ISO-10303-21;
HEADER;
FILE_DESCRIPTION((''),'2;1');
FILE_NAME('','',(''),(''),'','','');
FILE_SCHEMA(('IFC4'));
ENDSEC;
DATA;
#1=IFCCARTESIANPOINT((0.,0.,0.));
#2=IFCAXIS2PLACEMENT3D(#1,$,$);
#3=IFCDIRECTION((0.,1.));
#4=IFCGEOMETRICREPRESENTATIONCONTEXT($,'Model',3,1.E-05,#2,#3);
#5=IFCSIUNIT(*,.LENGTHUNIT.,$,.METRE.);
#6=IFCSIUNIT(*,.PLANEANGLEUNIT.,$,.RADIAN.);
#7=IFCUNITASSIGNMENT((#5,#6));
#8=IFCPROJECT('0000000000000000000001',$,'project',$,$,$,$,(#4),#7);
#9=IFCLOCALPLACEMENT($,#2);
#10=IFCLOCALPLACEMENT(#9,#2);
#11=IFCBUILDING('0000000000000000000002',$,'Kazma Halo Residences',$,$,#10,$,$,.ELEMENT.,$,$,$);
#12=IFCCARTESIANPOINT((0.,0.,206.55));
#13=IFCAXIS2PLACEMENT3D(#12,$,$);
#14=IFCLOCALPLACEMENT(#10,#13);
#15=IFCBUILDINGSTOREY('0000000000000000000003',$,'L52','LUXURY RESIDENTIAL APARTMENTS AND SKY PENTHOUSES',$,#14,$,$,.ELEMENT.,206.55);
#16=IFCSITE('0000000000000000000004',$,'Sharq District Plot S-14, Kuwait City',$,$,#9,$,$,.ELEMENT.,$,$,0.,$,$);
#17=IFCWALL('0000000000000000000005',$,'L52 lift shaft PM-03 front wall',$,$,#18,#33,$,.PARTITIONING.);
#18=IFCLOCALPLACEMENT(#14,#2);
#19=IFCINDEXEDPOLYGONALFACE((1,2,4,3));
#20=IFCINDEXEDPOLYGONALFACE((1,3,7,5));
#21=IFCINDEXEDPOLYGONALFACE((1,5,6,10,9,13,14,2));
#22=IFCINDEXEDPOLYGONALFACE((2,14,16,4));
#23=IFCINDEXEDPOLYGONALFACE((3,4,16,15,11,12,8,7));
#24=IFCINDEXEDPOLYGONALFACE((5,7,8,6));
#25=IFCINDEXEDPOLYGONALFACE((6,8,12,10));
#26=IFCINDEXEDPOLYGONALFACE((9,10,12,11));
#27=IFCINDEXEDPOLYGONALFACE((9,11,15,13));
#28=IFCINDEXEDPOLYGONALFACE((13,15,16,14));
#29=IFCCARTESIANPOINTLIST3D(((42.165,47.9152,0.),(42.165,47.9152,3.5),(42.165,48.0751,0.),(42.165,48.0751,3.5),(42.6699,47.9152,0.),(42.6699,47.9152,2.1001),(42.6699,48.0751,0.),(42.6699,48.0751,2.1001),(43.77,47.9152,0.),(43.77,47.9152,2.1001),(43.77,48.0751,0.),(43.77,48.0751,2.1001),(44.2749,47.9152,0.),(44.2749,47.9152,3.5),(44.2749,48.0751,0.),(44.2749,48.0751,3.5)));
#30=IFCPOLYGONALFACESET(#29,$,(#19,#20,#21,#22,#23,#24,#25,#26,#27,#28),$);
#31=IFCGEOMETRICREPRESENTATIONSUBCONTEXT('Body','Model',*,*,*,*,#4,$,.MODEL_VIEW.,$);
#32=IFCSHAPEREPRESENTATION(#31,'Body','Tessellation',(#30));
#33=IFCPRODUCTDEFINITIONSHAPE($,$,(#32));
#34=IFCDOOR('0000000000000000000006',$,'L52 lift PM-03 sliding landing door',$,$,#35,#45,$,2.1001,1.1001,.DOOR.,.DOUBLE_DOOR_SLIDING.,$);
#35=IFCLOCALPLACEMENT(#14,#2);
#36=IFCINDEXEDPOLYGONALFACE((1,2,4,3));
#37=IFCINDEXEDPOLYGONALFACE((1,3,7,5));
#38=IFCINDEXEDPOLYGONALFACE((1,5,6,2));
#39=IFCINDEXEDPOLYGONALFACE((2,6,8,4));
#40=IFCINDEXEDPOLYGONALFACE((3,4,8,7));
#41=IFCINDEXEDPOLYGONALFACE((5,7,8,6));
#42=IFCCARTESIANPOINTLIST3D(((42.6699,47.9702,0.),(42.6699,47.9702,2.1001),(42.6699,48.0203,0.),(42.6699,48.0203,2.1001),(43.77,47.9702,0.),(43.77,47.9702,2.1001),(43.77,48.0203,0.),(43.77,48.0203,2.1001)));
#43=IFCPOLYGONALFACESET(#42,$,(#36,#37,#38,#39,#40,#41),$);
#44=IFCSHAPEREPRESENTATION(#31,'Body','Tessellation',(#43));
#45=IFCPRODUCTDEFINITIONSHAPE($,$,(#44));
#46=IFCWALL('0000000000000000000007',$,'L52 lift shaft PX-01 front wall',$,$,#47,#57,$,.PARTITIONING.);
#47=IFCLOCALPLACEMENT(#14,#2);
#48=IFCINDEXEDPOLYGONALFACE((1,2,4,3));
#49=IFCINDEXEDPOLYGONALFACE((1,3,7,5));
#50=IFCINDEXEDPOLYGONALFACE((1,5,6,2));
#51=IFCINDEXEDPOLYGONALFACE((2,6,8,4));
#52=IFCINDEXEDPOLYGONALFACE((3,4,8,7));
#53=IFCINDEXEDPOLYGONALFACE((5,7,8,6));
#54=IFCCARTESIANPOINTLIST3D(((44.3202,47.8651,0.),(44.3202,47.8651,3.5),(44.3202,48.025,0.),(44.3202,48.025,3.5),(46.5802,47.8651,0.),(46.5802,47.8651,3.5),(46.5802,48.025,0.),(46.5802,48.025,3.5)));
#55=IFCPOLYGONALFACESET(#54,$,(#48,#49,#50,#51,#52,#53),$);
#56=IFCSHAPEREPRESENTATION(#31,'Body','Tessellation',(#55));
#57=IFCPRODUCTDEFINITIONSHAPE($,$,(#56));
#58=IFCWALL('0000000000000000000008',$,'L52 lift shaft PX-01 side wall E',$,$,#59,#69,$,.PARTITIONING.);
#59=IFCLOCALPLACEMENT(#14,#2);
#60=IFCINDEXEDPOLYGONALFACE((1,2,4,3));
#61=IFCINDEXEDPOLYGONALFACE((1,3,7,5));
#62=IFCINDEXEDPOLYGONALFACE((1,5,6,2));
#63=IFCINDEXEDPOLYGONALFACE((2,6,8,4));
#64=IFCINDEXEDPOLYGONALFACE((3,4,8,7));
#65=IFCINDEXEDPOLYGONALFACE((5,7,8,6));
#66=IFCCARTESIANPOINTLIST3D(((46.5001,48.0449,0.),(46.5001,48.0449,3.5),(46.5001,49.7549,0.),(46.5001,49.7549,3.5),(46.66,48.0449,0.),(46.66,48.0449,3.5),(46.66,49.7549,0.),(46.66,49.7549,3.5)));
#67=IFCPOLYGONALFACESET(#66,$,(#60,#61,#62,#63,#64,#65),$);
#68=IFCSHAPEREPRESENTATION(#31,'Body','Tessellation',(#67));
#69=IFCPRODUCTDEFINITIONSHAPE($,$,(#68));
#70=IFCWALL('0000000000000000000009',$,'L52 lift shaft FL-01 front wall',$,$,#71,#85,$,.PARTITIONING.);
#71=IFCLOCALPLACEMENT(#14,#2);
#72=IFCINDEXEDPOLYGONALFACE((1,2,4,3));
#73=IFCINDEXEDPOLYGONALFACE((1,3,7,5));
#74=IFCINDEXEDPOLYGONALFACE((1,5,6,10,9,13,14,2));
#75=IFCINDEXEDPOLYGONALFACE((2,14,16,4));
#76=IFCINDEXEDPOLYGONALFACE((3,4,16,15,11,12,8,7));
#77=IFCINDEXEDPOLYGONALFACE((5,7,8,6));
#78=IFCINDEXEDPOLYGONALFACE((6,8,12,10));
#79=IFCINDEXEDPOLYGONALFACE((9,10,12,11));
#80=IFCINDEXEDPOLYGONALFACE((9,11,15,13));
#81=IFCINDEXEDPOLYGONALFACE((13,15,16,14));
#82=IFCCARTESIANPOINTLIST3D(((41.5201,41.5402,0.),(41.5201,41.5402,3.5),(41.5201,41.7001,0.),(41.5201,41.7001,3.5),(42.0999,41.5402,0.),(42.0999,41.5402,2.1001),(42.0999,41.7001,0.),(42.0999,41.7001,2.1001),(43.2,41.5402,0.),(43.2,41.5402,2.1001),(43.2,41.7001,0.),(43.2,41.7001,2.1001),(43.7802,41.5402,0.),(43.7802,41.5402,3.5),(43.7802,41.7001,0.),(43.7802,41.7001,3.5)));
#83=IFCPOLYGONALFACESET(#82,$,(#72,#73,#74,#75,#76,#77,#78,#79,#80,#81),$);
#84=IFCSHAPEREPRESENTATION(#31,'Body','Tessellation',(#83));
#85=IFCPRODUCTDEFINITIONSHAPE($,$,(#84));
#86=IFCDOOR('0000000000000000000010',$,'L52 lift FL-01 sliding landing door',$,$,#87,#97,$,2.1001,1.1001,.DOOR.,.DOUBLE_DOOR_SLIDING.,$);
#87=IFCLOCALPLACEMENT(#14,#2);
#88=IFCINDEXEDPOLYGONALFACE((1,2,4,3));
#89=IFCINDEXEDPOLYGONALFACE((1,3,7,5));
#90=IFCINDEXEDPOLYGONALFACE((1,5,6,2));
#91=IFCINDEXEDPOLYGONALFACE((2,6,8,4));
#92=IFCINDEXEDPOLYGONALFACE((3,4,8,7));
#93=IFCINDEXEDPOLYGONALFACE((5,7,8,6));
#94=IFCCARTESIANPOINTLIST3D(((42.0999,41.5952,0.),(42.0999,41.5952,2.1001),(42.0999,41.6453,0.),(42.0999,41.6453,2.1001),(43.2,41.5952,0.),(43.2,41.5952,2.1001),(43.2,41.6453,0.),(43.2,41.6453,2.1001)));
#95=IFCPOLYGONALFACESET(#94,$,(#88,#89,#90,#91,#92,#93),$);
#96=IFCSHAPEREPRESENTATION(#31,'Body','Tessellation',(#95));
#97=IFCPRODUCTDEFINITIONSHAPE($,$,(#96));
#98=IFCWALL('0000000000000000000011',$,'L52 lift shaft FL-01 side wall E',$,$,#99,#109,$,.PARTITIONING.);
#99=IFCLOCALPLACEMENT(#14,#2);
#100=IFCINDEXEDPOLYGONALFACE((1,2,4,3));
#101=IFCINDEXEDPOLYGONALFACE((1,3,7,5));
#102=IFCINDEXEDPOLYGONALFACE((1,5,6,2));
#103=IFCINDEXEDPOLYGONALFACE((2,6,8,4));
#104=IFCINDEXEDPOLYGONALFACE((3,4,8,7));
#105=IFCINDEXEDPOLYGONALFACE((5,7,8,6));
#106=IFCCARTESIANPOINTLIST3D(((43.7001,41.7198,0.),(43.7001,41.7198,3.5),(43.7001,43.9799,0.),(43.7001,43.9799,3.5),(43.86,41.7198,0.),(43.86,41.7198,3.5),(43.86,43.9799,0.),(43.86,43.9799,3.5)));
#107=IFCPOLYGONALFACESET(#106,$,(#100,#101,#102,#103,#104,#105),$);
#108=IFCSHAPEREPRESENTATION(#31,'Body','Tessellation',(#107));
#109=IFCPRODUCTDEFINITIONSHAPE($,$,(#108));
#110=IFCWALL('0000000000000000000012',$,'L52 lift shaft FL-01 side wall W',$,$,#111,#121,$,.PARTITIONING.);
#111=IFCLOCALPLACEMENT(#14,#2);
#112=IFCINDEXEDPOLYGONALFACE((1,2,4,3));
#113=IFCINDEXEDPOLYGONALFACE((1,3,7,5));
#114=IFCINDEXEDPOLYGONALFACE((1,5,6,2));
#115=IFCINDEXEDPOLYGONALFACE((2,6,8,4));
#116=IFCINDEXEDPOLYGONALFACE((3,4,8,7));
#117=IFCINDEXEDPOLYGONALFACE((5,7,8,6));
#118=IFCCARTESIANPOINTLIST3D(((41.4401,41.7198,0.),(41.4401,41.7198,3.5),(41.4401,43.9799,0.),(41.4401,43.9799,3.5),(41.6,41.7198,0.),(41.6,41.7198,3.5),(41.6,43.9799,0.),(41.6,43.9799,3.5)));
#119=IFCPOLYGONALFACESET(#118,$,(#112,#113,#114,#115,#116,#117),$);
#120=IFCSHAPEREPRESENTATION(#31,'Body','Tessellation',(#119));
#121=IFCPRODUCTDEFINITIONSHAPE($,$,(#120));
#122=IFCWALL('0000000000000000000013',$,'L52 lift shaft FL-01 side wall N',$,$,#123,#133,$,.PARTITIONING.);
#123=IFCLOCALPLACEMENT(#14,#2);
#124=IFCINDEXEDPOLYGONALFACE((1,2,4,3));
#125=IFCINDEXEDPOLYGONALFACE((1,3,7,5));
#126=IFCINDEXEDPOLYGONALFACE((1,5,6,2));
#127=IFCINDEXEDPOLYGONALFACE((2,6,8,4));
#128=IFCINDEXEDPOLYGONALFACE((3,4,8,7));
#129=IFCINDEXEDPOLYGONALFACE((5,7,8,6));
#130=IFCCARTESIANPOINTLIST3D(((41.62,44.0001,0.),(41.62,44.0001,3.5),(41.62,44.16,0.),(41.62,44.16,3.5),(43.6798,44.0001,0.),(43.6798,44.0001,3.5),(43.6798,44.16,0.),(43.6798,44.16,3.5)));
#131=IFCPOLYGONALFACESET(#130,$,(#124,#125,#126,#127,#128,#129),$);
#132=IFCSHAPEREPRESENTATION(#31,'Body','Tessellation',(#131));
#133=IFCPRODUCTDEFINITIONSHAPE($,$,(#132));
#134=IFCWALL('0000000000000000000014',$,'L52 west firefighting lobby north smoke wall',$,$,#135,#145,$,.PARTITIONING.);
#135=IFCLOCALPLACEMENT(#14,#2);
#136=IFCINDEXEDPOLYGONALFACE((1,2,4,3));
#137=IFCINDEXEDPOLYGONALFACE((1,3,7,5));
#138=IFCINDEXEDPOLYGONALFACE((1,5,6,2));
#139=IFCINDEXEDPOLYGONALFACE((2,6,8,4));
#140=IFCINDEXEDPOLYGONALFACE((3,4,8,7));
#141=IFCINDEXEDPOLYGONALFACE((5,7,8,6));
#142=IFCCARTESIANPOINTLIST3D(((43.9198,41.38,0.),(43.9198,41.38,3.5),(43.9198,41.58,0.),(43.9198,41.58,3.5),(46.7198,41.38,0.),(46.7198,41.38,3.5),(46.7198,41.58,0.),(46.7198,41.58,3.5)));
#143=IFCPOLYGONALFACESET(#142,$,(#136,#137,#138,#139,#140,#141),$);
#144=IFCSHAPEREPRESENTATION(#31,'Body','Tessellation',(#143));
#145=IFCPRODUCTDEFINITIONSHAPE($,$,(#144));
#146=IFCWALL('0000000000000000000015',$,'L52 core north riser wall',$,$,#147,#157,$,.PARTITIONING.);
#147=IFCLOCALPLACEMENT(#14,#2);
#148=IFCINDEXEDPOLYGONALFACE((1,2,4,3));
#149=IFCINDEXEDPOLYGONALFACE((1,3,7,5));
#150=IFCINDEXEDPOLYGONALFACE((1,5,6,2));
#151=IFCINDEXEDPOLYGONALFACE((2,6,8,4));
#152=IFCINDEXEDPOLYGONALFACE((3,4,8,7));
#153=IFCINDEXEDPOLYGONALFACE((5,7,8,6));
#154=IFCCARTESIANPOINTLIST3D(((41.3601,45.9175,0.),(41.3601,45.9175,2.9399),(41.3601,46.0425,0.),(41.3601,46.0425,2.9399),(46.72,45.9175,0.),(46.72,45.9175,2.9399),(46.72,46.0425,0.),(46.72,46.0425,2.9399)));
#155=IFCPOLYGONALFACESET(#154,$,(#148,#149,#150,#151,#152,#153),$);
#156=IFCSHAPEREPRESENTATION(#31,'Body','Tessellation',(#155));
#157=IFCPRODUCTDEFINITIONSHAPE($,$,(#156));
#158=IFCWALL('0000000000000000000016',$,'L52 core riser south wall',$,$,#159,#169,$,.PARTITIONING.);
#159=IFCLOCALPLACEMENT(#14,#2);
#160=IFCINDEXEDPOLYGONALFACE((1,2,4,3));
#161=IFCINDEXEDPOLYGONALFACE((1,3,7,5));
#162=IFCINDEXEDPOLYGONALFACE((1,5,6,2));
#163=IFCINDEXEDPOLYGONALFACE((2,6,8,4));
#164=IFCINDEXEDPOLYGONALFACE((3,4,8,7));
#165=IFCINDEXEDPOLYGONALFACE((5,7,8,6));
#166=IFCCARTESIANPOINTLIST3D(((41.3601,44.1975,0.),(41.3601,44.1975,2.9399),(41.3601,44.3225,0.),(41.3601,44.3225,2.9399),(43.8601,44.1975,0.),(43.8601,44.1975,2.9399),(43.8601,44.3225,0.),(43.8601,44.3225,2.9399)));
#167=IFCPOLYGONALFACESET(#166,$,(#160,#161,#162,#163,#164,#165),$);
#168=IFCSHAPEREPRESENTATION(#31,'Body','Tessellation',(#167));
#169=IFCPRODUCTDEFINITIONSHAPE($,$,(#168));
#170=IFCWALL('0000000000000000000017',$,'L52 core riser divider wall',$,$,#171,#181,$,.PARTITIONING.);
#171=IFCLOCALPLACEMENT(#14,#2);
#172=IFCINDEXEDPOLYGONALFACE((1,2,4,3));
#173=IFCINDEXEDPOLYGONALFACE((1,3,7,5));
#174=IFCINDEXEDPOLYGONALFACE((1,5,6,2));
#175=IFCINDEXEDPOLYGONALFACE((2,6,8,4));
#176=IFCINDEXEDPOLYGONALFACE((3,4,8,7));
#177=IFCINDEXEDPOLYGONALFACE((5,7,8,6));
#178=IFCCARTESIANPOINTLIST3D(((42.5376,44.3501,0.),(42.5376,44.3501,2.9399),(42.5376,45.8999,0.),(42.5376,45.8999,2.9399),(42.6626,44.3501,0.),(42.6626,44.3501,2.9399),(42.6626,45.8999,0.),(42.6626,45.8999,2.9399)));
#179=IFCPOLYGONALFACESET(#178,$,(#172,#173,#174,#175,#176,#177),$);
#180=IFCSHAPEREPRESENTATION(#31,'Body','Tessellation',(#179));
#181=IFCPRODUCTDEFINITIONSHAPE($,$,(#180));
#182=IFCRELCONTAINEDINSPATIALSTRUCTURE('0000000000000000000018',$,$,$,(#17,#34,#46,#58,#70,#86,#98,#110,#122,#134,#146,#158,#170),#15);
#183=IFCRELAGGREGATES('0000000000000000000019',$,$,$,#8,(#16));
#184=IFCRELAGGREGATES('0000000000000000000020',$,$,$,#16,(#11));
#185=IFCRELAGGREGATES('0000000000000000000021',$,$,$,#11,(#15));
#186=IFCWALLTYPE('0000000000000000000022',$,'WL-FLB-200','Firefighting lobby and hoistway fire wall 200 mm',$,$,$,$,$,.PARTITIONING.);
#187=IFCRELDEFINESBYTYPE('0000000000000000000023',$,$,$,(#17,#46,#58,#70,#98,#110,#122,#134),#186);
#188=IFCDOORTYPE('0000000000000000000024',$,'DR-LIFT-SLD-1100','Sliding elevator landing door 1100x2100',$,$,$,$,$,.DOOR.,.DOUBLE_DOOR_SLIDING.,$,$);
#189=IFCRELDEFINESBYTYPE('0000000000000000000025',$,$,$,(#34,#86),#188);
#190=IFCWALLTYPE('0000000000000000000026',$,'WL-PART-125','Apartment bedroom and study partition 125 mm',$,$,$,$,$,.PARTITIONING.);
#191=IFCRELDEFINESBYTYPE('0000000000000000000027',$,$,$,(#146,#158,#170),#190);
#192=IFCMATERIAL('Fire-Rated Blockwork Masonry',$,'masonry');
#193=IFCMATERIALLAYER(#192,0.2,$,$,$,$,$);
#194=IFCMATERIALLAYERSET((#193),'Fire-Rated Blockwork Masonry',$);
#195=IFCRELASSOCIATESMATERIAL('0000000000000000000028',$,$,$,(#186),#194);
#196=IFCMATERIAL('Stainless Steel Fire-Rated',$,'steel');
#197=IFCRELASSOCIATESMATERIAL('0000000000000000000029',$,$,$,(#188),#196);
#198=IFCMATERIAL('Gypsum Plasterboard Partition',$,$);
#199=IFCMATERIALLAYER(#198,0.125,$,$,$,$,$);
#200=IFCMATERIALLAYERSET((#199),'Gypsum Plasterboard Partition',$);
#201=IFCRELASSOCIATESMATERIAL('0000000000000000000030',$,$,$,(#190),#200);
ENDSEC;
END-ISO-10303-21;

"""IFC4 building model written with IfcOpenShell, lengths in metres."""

from ifc_helpers import new_model, si_unit, direction, frame, frame_2d, origin, place, context, subcontext, project, spatial, rectangle, extrude, material, layer, layer_set, type_object, element, fill, save


model = new_model("IFC4")

# Units and contexts
model_context = context("Model", 3, precision=1e-05, world=origin(), true_north=direction((0.0, 1.0)))
body_context = subcontext(model_context, "Body", "Model", "MODEL_VIEW")
ifc_project = project(units=[si_unit("LENGTHUNIT", "METRE"), si_unit("PLANEANGLEUNIT", "RADIAN")], contexts=[model_context])

# Site, building, storey
site_placement = place(None, origin())
site = spatial("IfcSite", under=ifc_project, at=site_placement, Name="Sharq District Plot S-14, Kuwait City", CompositionType="ELEMENT", RefElevation=0.0)
building_placement = place(site_placement, origin())
building = spatial("IfcBuilding", under=site, at=building_placement, Name="Kazma Halo Residences", CompositionType="ELEMENT")
storey_placement = place(building_placement, frame((0.0, 0.0, 206.55)))
storey = spatial("IfcBuildingStorey", under=building, at=storey_placement, Name="L52", Description="LUXURY RESIDENTIAL APARTMENTS AND SKY PENTHOUSES", CompositionType="ELEMENT", Elevation=206.55)

# Shared definitions
ifc_material_1 = material(Name="Fire-Rated Blockwork Masonry", Category="masonry")
ifc_layer_1 = layer(ifc_material_1, 0.2)
ifc_layer_set_1 = layer_set([ifc_layer_1], Name="Fire-Rated Blockwork Masonry")
wall_type_1 = type_object("IfcWallType", Name="WL-FLB-200", Description="Firefighting lobby and hoistway fire wall 200 mm", PredefinedType="PARTITIONING", material=ifc_layer_set_1)
ifc_material_2 = material(Name="Stainless Steel Fire-Rated", Category="steel")
door_type = type_object("IfcDoorType", Name="DR-LIFT-SLD-1100", Description="Sliding elevator landing door 1100x2100", OperationType="DOUBLE_DOOR_SLIDING", PredefinedType="DOOR", material=ifc_material_2)

# Wall, opening, door
wall_1_placement = place(storey_placement, frame((44.2749, 47.9951, 0.0), z_axis=(0.0, 0.0, 1.0), x_axis=(-1.0, 0.0, 0.0)))
wall_1 = element("IfcWall", 1, at=wall_1_placement, inside=storey, type_object=wall_type_1, Name="L52 lift shaft PM-03 front wall", PredefinedType="PARTITIONING", context=body_context, shape_type="SweptSolid", body=[
    extrude(rectangle(XDim=2.1099, YDim=0.1599, at=frame_2d((1.0549, 0.0))), origin(), (0.0, 0.0, 1.0), 3.5),
])
opening_1_placement = place(wall_1_placement, frame((0.5049, 0.0, 0.0)))
opening_1 = element("IfcOpeningElement", 2, at=opening_1_placement, cuts=wall_1, PredefinedType="OPENING", context=body_context, shape_type="SweptSolid", body=[
    extrude(rectangle(XDim=1.1001, YDim=2.1001, at=frame_2d((0.55, 1.05))), frame((0.0, 0.0898, 0.0), z_axis=(0.0, -1.0, 0.0), x_axis=(1.0, 0.0, 0.0)), (0.0, 0.0, 1.0), 0.1799),
])
door_1_placement = place(opening_1_placement, origin())
door_1 = element("IfcDoor", 3, at=door_1_placement, inside=storey, type_object=door_type, Name="L52 lift PM-03 sliding landing door", OperationType="DOUBLE_DOOR_SLIDING", OverallHeight=2.1001, OverallWidth=1.1001, PredefinedType="DOOR", context=body_context, shape_type="SweptSolid", body=[
    extrude(rectangle(XDim=1.1001, YDim=2.1001, at=frame_2d((0.55, 1.05))), frame((0.0, 0.0249, 0.0), z_axis=(0.0, -1.0, 0.0), x_axis=(1.0, 0.0, 0.0)), (0.0, 0.0, 1.0), 0.05),
])
fill(opening_1, door_1)

# Walls
wall_2_placement = place(storey_placement, frame((46.5801, 47.9451, 0.0), z_axis=(0.0, 0.0, 1.0), x_axis=(-1.0, 0.0, 0.0)))
element("IfcWall", 4, at=wall_2_placement, inside=storey, type_object=wall_type_1, Name="L52 lift shaft PX-01 front wall", PredefinedType="PARTITIONING", context=body_context, shape_type="SweptSolid", body=[
    extrude(rectangle(XDim=2.26, YDim=0.1599, at=frame_2d((1.1299, 0.0))), origin(), (0.0, 0.0, 1.0), 3.5),
])
wall_3_placement = place(storey_placement, frame((46.5801, 48.0449, 0.0), z_axis=(0.0, 0.0, 1.0), x_axis=(0.0, 1.0, 0.0)))
element("IfcWall", 5, at=wall_3_placement, inside=storey, type_object=wall_type_1, Name="L52 lift shaft PX-01 side wall E", PredefinedType="PARTITIONING", context=body_context, shape_type="SweptSolid", body=[
    extrude(rectangle(XDim=1.71, YDim=0.1599, at=frame_2d((0.855, 0.0))), origin(), (0.0, 0.0, 1.0), 3.5),
])

# Wall, opening, door
wall_4_placement = place(storey_placement, frame((43.78, 41.6201, 0.0), z_axis=(0.0, 0.0, 1.0), x_axis=(-1.0, 0.0, 0.0)))
wall_4 = element("IfcWall", 6, at=wall_4_placement, inside=storey, type_object=wall_type_1, Name="L52 lift shaft FL-01 front wall", PredefinedType="PARTITIONING", context=body_context, shape_type="SweptSolid", body=[
    extrude(rectangle(XDim=2.26, YDim=0.1599, at=frame_2d((1.1299, 0.0))), origin(), (0.0, 0.0, 1.0), 3.5),
])
opening_2_placement = place(wall_4_placement, frame((0.5801, 0.0, 0.0)))
opening_2 = element("IfcOpeningElement", 7, at=opening_2_placement, cuts=wall_4, PredefinedType="OPENING", context=body_context, shape_type="SweptSolid", body=[
    extrude(rectangle(XDim=1.1001, YDim=2.1001, at=frame_2d((0.55, 1.05))), frame((0.0, 0.0898, 0.0), z_axis=(0.0, -1.0, 0.0), x_axis=(1.0, 0.0, 0.0)), (0.0, 0.0, 1.0), 0.1799),
])
door_2_placement = place(opening_2_placement, origin())
door_2 = element("IfcDoor", 8, at=door_2_placement, inside=storey, type_object=door_type, Name="L52 lift FL-01 sliding landing door", OperationType="DOUBLE_DOOR_SLIDING", OverallHeight=2.1001, OverallWidth=1.1001, PredefinedType="DOOR", context=body_context, shape_type="SweptSolid", body=[
    extrude(rectangle(XDim=1.1001, YDim=2.1001, at=frame_2d((0.55, 1.05))), frame((0.0, 0.0249, 0.0), z_axis=(0.0, -1.0, 0.0), x_axis=(1.0, 0.0, 0.0)), (0.0, 0.0, 1.0), 0.05),
])
fill(opening_2, door_2)

# Walls
for number, where, z_axis, x_axis, name in (
    (9, (43.78, 41.72, 0.0), (0.0, 0.0, 1.0), (0.0, 1.0, 0.0), "L52 lift shaft FL-01 side wall E"),
    (10, (41.52, 41.72, 0.0), (0.0, 0.0, 1.0), (0.0, 1.0, 0.0), "L52 lift shaft FL-01 side wall W"),
):
    element("IfcWall", number, at=place(storey_placement, frame(where, z_axis=z_axis, x_axis=x_axis)), inside=storey, type_object=wall_type_1, Name=name, PredefinedType="PARTITIONING", context=body_context, shape_type="SweptSolid", body=[
        extrude(rectangle(XDim=2.26, YDim=0.1599, at=frame_2d((1.1299, 0.0))), origin(), (0.0, 0.0, 1.0), 3.5),
    ])
wall_5_placement = place(storey_placement, frame((41.6201, 44.0801, 0.0), z_axis=(0.0, 0.0, 1.0), x_axis=(1.0, 0.0, 0.0)))
element("IfcWall", 11, at=wall_5_placement, inside=storey, type_object=wall_type_1, Name="L52 lift shaft FL-01 side wall N", PredefinedType="PARTITIONING", context=body_context, shape_type="SweptSolid", body=[
    extrude(rectangle(XDim=2.0598, YDim=0.1599, at=frame_2d((1.0298, 0.0))), origin(), (0.0, 0.0, 1.0), 3.5),
])
wall_6_placement = place(storey_placement, frame((43.9199, 41.48, 0.0), z_axis=(0.0, 0.0, 1.0), x_axis=(1.0, 0.0, 0.0)))
element("IfcWall", 12, at=wall_6_placement, inside=storey, type_object=wall_type_1, Name="L52 west firefighting lobby north smoke wall", PredefinedType="PARTITIONING", context=body_context, shape_type="SweptSolid", body=[
    extrude(rectangle(XDim=2.8, YDim=0.2, at=frame_2d((1.3999, 0.0))), origin(), (0.0, 0.0, 1.0), 3.5),
])
ifc_material_3 = material(Name="Gypsum Plasterboard Partition")
ifc_layer_2 = layer(ifc_material_3, 0.125)
ifc_layer_set_2 = layer_set([ifc_layer_2], Name="Gypsum Plasterboard Partition")
wall_type_2 = type_object("IfcWallType", Name="WL-PART-125", Description="Apartment bedroom and study partition 125 mm", PredefinedType="PARTITIONING", material=ifc_layer_set_2)
wall_7_placement = place(storey_placement, frame((41.3601, 45.98, 0.0), z_axis=(0.0, 0.0, 1.0), x_axis=(1.0, 0.0, 0.0)))
element("IfcWall", 13, at=wall_7_placement, inside=storey, type_object=wall_type_2, Name="L52 core north riser wall", PredefinedType="PARTITIONING", context=body_context, shape_type="SweptSolid", body=[
    extrude(rectangle(XDim=5.3599, YDim=0.125, at=frame_2d((2.6799, 0.0))), origin(), (0.0, 0.0, 1.0), 2.9399),
])
wall_8_placement = place(storey_placement, frame((41.3601, 44.26, 0.0), z_axis=(0.0, 0.0, 1.0), x_axis=(1.0, 0.0, 0.0)))
element("IfcWall", 14, at=wall_8_placement, inside=storey, type_object=wall_type_2, Name="L52 core riser south wall", PredefinedType="PARTITIONING", context=body_context, shape_type="SweptSolid", body=[
    extrude(rectangle(XDim=2.5, YDim=0.125, at=frame_2d((1.25, 0.0))), origin(), (0.0, 0.0, 1.0), 2.9399),
])
wall_9_placement = place(storey_placement, frame((42.6001, 44.3501, 0.0), z_axis=(0.0, 0.0, 1.0), x_axis=(0.0, 1.0, 0.0)))
element("IfcWall", 15, at=wall_9_placement, inside=storey, type_object=wall_type_2, Name="L52 core riser divider wall", PredefinedType="PARTITIONING", context=body_context, shape_type="SweptSolid", body=[
    extrude(rectangle(XDim=1.5498, YDim=0.125, at=frame_2d((0.7749, 0.0))), origin(), (0.0, 0.0, 1.0), 2.9399),
])

save(model, "model.ifc")
